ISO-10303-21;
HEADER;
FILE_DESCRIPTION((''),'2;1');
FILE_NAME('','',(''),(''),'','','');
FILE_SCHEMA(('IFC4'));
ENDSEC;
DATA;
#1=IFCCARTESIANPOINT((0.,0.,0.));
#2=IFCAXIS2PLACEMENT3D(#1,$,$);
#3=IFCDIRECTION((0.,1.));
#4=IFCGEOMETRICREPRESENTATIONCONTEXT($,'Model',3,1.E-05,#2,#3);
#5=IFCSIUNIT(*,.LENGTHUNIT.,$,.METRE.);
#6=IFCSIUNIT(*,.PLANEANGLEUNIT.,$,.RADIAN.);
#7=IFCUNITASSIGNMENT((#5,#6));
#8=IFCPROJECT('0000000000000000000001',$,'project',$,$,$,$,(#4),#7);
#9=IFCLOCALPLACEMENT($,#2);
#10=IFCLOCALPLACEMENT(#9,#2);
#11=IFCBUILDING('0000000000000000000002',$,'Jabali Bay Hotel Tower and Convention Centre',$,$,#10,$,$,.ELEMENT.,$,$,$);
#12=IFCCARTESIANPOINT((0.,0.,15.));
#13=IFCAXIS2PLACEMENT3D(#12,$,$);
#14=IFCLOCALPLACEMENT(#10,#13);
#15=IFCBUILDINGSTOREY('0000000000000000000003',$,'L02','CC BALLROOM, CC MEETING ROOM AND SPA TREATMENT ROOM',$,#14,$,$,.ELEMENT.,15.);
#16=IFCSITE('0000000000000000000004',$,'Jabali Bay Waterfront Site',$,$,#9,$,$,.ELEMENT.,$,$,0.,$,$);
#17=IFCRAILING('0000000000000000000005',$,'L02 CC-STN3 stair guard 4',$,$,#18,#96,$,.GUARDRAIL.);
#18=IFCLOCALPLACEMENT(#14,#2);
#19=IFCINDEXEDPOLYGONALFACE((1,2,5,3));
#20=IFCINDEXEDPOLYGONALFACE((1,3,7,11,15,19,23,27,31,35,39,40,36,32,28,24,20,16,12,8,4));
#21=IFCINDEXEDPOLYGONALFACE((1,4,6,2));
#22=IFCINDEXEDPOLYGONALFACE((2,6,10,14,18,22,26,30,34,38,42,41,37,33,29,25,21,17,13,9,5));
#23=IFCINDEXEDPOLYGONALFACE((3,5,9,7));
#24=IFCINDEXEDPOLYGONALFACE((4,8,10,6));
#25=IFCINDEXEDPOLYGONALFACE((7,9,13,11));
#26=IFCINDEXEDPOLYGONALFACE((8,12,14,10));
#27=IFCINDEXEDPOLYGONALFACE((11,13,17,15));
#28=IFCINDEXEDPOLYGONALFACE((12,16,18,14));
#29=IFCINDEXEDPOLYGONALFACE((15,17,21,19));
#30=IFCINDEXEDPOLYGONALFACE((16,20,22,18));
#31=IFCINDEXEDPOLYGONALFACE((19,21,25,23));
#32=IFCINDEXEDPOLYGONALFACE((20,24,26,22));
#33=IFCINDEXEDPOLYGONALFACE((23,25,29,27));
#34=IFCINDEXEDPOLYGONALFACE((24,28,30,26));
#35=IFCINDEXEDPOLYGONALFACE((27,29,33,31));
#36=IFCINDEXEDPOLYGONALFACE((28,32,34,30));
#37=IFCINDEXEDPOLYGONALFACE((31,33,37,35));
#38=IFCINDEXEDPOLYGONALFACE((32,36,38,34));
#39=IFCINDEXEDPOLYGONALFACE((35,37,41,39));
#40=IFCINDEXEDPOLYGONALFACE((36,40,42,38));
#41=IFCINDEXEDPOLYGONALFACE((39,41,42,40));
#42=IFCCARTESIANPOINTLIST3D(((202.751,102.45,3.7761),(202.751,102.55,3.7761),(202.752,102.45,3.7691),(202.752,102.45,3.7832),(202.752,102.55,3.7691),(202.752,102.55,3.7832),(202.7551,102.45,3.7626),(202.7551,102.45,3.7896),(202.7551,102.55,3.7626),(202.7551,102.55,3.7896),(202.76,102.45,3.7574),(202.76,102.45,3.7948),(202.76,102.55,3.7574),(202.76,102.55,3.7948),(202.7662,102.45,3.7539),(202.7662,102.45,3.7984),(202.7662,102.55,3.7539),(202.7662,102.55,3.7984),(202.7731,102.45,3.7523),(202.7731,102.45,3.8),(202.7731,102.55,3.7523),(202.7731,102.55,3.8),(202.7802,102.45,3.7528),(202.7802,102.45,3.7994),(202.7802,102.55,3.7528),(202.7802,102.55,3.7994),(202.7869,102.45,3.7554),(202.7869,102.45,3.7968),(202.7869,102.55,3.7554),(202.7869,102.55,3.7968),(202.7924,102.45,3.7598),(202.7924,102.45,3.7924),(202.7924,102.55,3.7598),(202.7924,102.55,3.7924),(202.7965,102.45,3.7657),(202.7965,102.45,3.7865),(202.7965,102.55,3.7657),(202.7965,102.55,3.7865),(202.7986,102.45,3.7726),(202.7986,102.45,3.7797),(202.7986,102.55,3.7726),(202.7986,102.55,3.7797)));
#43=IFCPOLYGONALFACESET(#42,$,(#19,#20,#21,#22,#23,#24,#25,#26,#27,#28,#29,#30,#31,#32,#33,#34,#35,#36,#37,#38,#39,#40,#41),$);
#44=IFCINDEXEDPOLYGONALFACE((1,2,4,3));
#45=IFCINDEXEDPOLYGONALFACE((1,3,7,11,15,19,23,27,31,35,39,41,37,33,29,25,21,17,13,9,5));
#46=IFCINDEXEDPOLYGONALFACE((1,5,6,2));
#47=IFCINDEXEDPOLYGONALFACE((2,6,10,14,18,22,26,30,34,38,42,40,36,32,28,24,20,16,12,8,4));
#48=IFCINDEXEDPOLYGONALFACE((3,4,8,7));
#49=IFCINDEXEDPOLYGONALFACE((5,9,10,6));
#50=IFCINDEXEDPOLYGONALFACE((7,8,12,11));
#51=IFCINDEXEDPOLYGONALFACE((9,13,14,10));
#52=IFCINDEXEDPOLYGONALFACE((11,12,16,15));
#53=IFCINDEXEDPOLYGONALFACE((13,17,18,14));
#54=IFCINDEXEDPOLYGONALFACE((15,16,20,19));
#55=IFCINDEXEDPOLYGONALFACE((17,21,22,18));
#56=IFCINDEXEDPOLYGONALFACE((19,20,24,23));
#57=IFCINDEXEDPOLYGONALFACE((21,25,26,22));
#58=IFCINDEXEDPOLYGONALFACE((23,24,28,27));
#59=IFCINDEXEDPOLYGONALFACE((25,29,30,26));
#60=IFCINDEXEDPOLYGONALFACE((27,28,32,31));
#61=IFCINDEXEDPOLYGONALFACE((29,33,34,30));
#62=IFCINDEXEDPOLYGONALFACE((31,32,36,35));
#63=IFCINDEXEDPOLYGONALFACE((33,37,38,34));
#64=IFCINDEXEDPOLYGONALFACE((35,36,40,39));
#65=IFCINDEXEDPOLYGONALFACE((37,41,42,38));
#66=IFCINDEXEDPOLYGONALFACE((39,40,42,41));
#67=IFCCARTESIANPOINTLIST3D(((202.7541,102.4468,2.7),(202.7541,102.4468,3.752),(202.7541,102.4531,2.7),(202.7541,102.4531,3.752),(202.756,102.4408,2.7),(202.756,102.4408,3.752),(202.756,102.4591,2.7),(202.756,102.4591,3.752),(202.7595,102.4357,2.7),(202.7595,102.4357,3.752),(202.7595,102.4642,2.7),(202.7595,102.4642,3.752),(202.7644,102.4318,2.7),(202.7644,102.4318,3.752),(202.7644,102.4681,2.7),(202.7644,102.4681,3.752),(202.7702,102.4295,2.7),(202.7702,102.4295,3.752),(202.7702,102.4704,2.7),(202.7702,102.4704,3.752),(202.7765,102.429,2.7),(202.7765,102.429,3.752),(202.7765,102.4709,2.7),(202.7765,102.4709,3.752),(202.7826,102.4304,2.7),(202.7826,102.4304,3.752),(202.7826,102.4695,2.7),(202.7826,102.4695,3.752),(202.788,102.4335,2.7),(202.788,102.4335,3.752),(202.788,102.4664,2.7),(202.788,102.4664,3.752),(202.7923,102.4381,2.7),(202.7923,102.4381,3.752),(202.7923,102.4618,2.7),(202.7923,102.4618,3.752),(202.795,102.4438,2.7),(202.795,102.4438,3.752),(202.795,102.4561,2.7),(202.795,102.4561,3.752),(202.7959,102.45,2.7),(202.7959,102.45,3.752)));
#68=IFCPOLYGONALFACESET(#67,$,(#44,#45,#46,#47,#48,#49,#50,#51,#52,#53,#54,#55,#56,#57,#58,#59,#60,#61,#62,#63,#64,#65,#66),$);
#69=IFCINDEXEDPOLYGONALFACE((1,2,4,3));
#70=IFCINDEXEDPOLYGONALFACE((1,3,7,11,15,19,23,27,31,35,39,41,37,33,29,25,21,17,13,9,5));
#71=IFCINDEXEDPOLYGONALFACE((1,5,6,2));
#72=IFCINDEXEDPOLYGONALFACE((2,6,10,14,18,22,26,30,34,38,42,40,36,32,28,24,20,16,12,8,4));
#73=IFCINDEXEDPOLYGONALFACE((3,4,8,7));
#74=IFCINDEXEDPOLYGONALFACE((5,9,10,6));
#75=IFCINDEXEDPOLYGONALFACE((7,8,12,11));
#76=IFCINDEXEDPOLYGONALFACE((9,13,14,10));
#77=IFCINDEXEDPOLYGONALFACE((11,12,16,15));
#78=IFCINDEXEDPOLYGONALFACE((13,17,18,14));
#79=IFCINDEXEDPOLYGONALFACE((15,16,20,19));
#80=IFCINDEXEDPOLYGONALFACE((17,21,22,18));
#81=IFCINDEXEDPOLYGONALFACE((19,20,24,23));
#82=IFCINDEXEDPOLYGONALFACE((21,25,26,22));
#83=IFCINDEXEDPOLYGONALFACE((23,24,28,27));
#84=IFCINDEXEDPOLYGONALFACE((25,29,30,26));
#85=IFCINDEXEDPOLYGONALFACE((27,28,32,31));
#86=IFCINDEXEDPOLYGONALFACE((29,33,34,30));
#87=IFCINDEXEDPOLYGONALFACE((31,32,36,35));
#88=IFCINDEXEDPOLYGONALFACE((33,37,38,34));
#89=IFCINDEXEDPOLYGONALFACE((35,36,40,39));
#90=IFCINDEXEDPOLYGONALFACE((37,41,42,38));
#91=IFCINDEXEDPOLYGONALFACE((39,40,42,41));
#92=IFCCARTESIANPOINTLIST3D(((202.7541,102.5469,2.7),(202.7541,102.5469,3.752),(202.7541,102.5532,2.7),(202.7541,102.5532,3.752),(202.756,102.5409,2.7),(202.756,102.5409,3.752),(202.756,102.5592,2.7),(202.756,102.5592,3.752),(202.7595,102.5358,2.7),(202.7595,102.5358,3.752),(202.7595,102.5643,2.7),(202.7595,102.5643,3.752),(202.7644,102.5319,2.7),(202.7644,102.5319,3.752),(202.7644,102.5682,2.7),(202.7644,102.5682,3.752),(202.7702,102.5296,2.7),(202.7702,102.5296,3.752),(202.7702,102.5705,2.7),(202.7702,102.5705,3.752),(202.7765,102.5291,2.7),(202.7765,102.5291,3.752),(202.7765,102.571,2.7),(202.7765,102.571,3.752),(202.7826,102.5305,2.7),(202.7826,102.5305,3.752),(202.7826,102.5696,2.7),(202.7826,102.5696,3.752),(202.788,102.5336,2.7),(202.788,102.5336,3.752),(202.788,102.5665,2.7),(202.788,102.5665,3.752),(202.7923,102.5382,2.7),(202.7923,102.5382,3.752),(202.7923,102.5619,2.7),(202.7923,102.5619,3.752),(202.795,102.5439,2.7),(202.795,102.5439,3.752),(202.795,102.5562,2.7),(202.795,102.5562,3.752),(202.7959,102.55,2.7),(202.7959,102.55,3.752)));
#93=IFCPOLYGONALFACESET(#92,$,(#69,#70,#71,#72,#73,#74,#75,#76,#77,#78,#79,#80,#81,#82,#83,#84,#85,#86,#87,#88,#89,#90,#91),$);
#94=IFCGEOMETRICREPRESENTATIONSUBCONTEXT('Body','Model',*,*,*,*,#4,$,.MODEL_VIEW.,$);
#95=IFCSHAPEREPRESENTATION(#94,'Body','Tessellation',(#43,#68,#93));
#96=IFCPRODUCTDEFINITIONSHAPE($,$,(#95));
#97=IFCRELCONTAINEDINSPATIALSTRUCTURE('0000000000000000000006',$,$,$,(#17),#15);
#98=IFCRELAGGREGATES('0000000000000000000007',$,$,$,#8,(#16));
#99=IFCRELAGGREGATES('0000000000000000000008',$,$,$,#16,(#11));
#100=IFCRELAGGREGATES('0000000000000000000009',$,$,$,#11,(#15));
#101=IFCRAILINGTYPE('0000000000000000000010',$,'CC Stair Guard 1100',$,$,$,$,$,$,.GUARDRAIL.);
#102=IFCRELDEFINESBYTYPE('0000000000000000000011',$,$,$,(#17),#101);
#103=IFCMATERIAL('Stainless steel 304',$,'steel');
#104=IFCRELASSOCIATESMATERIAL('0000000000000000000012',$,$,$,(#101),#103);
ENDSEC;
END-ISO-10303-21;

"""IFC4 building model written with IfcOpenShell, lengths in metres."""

from ifc_helpers import new_model, si_unit, direction, frame, origin, origin_2d, place, context, subcontext, project, spatial, circle, extrude, material, type_object, element, save


model = new_model("IFC4")

# Units and contexts
model_context = context("Model", 3, precision=1e-05, world=origin(), true_north=direction((0.0, 1.0)))
body_context = subcontext(model_context, "Body", "Model", "MODEL_VIEW")
ifc_project = project(units=[si_unit("LENGTHUNIT", "METRE"), si_unit("PLANEANGLEUNIT", "RADIAN")], contexts=[model_context])

# Site, building, storey
site_placement = place(None, origin())
site = spatial("IfcSite", under=ifc_project, at=site_placement, Name="Jabali Bay Waterfront Site", CompositionType="ELEMENT", RefElevation=0.0)
building_placement = place(site_placement, origin())
building = spatial("IfcBuilding", under=site, at=building_placement, Name="Jabali Bay Hotel Tower and Convention Centre", CompositionType="ELEMENT")
storey_placement = place(building_placement, frame((0.0, 0.0, 15.0)))
storey = spatial("IfcBuildingStorey", under=building, at=storey_placement, Name="L02", Description="CC BALLROOM, CC MEETING ROOM AND SPA TREATMENT ROOM", CompositionType="ELEMENT", Elevation=15.0)

# Railing
ifc_material_1 = material(Name="Stainless steel 304", Category="steel")
railing_type_1 = type_object("IfcRailingType", Name="CC Stair Guard 1100", PredefinedType="GUARDRAIL", material=ifc_material_1)
railing_1_placement = place(storey_placement, frame((202.7749, 102.45, 2.7)))
element("IfcRailing", 1, at=railing_1_placement, inside=storey, type_object=railing_type_1, Name="L02 CC-STN3 stair guard 4", PredefinedType="GUARDRAIL", context=body_context, shape_type="SweptSolid", body=[
    extrude(circle(Radius=0.0239, at=origin_2d()), frame((0.0, 0.0, 1.0762), z_axis=(0.0, 1.0, 0.0), x_axis=(-1.0, 0.0, 0.0)), (0.0, 0.0, 1.0), 0.1001),
    extrude(circle(Radius=0.021, at=origin_2d()), origin(), (0.0, 0.0, 1.0), 1.052),
    extrude(circle(Radius=0.021, at=origin_2d()), frame((0.0, 0.1001, 0.0)), (0.0, 0.0, 1.0), 1.052),
])

save(model, "model.ifc")
